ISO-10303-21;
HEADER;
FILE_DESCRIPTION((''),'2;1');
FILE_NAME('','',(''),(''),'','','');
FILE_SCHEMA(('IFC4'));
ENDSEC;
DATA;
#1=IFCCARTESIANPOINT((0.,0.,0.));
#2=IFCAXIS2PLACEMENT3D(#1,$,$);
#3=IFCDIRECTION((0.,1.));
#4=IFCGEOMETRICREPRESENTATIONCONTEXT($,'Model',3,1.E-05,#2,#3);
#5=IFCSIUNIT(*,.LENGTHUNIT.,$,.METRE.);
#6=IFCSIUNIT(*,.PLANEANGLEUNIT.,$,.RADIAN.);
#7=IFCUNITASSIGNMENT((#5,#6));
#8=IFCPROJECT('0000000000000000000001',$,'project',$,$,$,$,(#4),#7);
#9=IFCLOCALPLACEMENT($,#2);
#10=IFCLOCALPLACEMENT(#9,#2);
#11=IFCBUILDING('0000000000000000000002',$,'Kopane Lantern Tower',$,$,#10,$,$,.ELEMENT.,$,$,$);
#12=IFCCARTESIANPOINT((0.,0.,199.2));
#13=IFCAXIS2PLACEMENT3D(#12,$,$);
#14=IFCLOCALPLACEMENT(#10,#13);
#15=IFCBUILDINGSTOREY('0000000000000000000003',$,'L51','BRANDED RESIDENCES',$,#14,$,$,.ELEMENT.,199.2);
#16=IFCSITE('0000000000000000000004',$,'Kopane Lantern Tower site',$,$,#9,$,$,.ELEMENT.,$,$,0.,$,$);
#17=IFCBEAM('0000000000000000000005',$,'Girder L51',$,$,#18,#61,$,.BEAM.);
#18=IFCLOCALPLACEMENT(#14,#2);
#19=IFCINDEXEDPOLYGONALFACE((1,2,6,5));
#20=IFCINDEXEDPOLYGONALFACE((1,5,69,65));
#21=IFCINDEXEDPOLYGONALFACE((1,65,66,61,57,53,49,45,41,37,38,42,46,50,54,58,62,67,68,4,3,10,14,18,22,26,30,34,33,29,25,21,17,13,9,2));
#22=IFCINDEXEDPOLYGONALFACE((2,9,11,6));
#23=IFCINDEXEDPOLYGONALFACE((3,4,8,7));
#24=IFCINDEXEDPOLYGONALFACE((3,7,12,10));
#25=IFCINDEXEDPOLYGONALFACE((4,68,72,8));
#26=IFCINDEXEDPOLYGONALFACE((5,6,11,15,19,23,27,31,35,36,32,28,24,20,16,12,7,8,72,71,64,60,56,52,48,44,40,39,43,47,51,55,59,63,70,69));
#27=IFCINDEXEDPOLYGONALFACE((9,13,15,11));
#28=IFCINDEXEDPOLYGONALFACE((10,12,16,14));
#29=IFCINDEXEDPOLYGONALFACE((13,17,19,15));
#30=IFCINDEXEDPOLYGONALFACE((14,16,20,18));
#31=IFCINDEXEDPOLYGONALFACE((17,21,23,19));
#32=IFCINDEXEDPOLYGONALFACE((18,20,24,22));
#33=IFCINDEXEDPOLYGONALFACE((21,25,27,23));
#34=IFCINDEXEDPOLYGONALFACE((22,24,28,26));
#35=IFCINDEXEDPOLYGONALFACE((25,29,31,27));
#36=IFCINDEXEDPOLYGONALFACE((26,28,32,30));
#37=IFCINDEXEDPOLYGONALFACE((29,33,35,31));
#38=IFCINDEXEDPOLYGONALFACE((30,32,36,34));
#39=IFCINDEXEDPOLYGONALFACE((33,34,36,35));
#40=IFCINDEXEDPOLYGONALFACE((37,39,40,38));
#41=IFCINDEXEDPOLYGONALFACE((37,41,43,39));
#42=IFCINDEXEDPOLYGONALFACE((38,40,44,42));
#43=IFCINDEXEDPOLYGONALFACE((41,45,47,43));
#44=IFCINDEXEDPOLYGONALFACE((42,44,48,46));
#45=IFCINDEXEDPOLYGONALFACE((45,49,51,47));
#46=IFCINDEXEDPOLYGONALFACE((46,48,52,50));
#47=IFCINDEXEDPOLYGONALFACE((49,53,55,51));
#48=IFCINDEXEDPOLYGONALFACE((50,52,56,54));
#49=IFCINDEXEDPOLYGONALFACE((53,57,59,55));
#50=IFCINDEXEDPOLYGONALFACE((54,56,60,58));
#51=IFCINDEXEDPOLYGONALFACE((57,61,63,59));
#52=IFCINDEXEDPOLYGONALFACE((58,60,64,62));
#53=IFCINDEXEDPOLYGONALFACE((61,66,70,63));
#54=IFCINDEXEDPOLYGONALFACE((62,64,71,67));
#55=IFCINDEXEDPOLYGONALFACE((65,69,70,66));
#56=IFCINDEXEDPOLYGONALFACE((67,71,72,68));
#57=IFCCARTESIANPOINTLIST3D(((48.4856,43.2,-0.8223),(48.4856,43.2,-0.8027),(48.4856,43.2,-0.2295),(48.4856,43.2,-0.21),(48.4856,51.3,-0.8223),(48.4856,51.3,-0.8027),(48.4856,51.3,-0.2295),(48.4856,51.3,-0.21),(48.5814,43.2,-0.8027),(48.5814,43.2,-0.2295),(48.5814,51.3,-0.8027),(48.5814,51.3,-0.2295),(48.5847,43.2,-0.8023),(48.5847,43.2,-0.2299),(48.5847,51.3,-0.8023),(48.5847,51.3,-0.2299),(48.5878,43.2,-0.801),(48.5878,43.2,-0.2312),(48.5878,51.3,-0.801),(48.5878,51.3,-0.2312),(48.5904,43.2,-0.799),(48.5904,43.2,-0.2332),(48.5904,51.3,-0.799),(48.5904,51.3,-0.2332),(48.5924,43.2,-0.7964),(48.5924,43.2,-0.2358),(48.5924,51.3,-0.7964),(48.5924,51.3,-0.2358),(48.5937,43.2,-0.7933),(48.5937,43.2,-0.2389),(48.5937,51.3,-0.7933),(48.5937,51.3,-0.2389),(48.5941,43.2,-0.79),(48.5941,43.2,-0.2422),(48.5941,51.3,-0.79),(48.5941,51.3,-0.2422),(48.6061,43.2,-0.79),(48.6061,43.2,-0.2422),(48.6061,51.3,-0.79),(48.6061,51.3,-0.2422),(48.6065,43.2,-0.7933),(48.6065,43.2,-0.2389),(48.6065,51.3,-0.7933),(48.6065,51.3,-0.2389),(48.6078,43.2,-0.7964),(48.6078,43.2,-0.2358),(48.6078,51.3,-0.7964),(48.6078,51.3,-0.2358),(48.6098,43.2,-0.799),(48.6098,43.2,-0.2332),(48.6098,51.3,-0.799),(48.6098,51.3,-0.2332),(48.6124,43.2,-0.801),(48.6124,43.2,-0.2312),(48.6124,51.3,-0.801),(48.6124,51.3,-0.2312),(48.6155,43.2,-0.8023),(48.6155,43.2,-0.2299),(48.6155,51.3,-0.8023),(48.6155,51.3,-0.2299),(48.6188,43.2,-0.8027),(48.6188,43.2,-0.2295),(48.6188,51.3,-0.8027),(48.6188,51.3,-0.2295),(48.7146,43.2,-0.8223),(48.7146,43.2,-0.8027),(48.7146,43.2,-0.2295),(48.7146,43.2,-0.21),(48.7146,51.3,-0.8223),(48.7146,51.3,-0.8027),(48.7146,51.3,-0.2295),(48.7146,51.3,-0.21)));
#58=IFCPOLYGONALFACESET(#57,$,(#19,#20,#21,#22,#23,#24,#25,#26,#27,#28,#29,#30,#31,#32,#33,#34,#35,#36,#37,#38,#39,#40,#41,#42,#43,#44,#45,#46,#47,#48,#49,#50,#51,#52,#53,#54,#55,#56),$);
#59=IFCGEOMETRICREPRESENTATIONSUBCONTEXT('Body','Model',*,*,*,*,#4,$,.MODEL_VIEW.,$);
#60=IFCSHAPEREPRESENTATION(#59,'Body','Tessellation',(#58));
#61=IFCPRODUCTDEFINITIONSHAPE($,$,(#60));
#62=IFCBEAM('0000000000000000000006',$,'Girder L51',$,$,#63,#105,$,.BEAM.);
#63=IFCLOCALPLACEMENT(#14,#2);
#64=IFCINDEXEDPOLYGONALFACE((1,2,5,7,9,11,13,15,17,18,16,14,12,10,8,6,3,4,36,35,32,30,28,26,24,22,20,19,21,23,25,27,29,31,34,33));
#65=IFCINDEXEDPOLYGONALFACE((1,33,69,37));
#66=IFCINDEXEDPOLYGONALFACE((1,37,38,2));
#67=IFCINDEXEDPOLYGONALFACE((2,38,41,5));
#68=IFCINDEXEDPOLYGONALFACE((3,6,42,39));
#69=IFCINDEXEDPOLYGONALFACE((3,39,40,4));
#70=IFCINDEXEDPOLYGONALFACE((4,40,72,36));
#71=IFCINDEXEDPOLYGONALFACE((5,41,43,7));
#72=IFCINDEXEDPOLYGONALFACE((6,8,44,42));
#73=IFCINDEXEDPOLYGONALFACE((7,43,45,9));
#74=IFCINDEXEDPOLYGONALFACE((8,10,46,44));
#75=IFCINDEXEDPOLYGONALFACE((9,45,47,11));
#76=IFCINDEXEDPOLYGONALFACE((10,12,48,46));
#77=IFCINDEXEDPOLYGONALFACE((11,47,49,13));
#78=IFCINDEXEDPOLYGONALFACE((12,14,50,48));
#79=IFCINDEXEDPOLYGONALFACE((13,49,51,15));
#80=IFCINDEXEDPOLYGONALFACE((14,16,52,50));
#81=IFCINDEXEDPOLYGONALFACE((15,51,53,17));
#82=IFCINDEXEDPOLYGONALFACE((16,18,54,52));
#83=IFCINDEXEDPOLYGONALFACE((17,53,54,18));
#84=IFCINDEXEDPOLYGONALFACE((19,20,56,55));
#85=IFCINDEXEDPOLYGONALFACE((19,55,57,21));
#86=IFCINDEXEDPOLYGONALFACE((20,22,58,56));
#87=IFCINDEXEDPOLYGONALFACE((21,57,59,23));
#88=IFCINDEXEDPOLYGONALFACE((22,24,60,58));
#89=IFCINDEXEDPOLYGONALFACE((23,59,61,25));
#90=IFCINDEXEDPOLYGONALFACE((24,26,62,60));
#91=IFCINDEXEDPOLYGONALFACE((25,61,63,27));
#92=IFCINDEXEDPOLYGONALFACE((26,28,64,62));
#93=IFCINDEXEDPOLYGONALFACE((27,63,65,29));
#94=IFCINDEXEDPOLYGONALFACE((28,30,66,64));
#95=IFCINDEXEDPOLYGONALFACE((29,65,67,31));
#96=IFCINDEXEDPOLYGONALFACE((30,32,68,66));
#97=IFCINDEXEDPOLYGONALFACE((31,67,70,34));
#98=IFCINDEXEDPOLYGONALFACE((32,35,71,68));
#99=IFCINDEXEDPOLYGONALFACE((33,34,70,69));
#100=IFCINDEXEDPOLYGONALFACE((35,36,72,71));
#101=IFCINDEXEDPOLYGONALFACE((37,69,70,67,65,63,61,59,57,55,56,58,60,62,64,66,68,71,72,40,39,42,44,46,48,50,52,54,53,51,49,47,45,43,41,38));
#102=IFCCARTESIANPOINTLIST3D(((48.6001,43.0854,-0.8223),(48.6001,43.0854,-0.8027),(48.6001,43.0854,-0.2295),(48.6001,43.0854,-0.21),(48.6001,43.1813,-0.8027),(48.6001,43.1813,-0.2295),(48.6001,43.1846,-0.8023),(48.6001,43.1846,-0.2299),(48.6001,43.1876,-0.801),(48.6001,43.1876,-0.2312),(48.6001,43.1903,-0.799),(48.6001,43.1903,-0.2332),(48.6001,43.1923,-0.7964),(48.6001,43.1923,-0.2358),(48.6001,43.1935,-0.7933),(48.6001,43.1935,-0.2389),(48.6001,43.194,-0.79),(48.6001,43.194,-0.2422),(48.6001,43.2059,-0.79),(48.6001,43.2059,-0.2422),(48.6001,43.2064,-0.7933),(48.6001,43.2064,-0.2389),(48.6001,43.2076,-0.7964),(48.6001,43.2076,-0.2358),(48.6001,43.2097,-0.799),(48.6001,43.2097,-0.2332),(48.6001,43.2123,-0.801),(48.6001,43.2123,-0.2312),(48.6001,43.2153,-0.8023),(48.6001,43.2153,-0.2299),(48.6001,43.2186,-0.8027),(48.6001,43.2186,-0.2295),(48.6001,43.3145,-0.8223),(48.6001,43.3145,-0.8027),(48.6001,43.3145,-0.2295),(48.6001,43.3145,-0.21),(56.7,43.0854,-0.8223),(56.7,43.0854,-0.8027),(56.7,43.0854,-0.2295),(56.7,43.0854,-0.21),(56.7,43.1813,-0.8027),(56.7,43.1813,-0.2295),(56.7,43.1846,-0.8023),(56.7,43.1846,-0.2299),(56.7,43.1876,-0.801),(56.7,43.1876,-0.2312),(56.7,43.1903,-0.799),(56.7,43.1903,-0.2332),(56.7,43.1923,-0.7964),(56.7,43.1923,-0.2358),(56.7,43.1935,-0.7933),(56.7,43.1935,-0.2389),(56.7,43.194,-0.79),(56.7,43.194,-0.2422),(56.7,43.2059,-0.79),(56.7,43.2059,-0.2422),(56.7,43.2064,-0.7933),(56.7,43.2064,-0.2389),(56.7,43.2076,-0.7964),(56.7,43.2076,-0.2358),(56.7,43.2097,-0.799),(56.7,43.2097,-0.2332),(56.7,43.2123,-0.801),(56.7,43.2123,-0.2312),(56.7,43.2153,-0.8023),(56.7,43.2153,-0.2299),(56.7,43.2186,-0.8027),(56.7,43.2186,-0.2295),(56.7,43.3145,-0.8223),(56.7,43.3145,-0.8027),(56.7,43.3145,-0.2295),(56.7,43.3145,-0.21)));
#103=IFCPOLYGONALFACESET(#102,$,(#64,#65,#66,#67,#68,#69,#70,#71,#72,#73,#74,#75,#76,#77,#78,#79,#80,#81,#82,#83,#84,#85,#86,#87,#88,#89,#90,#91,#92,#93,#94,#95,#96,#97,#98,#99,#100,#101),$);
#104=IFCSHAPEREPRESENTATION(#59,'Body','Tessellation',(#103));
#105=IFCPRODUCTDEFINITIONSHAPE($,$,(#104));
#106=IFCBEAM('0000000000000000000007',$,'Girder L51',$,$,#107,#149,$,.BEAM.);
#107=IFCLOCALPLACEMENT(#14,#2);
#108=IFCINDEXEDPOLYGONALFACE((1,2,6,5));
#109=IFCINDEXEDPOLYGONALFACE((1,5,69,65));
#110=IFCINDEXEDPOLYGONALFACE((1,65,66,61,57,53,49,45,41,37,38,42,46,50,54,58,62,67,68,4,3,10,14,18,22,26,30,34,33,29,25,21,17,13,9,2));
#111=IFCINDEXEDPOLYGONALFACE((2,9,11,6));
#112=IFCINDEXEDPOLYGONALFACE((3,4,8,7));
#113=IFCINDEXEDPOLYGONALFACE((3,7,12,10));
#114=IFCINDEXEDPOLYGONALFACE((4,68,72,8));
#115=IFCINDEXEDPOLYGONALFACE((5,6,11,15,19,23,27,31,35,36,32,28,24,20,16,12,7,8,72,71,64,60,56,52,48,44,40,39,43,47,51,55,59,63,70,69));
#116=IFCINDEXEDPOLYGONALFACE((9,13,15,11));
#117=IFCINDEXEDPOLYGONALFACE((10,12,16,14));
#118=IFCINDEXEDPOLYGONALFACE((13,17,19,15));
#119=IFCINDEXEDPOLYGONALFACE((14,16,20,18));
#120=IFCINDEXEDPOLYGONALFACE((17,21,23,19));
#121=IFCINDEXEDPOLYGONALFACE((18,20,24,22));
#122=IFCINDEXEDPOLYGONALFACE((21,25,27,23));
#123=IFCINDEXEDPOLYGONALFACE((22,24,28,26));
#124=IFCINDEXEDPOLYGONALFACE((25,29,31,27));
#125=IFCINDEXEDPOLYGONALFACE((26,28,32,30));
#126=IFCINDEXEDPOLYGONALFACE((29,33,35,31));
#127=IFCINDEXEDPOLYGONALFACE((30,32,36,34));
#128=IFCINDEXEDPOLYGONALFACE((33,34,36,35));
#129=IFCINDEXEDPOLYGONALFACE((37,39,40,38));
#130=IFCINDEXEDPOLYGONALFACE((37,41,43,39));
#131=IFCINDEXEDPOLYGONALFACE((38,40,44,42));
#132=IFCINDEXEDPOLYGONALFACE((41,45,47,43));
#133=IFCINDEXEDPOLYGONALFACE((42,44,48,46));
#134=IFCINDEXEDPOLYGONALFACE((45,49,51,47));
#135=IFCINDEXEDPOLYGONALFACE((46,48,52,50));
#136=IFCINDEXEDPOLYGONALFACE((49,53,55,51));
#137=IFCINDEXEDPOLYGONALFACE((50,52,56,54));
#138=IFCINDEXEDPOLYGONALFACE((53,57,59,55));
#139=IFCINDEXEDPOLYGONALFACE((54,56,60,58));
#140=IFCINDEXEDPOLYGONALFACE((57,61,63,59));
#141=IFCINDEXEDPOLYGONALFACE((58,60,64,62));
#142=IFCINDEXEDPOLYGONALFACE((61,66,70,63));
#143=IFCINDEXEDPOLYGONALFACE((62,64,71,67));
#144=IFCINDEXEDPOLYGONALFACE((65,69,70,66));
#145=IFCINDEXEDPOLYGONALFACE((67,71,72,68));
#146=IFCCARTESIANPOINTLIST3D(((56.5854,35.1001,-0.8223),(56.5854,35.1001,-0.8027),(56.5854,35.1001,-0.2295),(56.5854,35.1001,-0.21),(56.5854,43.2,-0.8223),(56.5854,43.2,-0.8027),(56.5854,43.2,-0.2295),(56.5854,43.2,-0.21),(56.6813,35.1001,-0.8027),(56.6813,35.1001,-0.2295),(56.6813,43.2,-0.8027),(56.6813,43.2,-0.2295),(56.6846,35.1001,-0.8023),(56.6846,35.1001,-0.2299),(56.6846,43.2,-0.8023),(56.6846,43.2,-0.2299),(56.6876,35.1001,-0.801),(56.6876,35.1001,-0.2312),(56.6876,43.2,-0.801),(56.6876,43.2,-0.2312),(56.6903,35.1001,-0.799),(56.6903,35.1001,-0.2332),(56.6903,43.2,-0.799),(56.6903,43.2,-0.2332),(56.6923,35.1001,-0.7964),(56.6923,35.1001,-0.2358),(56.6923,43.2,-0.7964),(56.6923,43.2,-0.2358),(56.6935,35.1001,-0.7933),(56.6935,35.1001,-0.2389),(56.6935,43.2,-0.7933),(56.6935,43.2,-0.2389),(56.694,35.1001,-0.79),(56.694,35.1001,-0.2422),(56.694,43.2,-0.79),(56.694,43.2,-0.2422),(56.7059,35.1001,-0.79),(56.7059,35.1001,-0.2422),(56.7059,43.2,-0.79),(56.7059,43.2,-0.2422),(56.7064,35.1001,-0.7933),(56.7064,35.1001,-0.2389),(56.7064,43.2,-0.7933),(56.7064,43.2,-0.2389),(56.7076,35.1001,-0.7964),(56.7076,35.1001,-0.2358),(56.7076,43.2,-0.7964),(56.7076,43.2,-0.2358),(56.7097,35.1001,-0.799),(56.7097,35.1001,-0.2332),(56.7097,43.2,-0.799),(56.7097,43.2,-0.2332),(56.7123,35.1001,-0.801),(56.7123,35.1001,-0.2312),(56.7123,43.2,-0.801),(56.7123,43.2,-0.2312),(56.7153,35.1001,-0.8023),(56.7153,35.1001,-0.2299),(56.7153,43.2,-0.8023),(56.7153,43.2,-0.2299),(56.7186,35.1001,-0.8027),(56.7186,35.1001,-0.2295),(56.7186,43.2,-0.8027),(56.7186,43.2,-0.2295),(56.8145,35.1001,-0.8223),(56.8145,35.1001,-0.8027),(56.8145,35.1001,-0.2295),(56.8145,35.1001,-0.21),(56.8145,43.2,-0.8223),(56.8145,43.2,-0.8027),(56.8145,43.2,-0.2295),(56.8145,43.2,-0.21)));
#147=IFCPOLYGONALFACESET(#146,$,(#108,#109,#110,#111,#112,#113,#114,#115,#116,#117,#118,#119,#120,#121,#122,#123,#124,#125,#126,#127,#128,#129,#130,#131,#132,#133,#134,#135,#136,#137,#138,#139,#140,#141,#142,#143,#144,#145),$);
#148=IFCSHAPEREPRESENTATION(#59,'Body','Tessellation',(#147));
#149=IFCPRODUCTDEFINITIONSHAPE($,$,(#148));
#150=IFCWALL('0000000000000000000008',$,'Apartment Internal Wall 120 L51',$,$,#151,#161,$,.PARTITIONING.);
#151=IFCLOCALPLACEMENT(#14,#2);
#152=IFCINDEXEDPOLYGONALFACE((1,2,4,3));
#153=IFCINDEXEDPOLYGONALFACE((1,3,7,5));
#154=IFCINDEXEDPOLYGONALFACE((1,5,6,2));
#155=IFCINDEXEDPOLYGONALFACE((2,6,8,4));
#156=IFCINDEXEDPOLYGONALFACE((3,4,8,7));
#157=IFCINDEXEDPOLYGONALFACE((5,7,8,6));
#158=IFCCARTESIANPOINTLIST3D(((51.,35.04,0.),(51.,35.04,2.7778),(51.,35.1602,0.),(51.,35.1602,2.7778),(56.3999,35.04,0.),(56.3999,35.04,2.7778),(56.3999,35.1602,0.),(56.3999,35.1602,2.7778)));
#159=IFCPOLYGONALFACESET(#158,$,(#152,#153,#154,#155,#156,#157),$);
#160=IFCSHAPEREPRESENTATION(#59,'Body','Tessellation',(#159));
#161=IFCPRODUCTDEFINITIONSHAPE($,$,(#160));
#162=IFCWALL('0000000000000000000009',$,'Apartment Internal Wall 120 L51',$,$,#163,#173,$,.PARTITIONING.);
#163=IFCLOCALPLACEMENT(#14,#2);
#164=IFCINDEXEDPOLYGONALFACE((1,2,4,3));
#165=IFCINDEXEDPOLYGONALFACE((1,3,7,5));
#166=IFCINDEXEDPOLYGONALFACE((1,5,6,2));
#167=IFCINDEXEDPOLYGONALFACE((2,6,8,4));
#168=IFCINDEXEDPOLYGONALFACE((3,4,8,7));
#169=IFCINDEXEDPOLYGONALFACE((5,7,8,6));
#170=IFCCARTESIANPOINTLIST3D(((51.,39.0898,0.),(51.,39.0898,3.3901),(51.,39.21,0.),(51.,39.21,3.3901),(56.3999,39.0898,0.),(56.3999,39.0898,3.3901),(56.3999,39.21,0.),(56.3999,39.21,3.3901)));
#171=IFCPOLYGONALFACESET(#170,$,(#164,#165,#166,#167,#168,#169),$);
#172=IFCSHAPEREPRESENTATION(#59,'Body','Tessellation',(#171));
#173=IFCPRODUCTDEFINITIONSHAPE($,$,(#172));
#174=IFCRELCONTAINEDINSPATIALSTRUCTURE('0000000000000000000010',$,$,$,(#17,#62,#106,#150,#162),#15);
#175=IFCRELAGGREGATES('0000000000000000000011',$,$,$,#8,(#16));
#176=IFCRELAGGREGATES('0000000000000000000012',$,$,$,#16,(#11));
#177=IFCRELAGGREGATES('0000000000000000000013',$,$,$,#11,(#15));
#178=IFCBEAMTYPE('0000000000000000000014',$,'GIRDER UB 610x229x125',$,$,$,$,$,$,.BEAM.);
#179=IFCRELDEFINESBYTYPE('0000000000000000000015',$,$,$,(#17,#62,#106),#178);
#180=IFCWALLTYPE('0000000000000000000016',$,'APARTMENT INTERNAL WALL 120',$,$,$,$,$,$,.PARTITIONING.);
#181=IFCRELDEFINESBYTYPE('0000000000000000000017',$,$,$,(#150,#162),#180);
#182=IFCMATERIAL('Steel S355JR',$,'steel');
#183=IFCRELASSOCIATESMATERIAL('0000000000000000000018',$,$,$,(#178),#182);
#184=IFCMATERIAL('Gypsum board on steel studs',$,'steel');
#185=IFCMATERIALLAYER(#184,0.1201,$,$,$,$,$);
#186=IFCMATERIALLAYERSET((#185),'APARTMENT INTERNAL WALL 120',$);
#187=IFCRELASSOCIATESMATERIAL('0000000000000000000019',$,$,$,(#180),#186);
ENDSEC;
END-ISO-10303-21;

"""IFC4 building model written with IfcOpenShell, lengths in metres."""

from ifc_helpers import new_model, si_unit, direction, frame, frame_2d, origin, origin_2d, place, context, subcontext, project, spatial, rectangle, i_section, extrude, material, layer, layer_set, material_profile, profile_set, type_object, element, save


model = new_model("IFC4")

# Units and contexts
model_context = context("Model", 3, precision=1e-05, world=origin(), true_north=direction((0.0, 1.0)))
body_context = subcontext(model_context, "Body", "Model", "MODEL_VIEW")
ifc_project = project(units=[si_unit("LENGTHUNIT", "METRE"), si_unit("PLANEANGLEUNIT", "RADIAN")], contexts=[model_context])

# Site, building, storey
site_placement = place(None, origin())
site = spatial("IfcSite", under=ifc_project, at=site_placement, Name="Kopane Lantern Tower site", CompositionType="ELEMENT", RefElevation=0.0)
building_placement = place(site_placement, origin())
building = spatial("IfcBuilding", under=site, at=building_placement, Name="Kopane Lantern Tower", CompositionType="ELEMENT")
storey_placement = place(building_placement, frame((0.0, 0.0, 199.2)))
storey = spatial("IfcBuildingStorey", under=building, at=storey_placement, Name="L51", Description="BRANDED RESIDENCES", CompositionType="ELEMENT", Elevation=199.2)

# Beams
ifc_material_1 = material(Name="Steel S355JR", Category="steel")
ifc_material_profile_1 = material_profile(ifc_material_1, i_section(OverallWidth=0.229, OverallDepth=0.6123, WebThickness=0.012, FlangeThickness=0.0195, FilletRadius=0.0127, at=origin_2d()), Name="UB 610x229x125")
ifc_profile_set_1 = profile_set([ifc_material_profile_1], Name="Steel S355JR")
beam_type = type_object("IfcBeamType", Name="GIRDER UB 610x229x125", PredefinedType="BEAM", material=ifc_profile_set_1)
beam_placement = place(storey_placement, frame((48.6001, 43.2, -0.5161), z_axis=(0.0, 1.0, 0.0), x_axis=(-1.0, 0.0, 0.0)))
element("IfcBeam", 1, at=beam_placement, inside=storey, type_object=beam_type, Name="Girder L51", PredefinedType="BEAM", context=body_context, shape_type="SweptSolid", body=[
    extrude(i_section(OverallWidth=0.229, OverallDepth=0.6123, WebThickness=0.012, FlangeThickness=0.0195, FilletRadius=0.0127, at=origin_2d()), origin(), (0.0, 0.0, 1.0), 8.1001),
])
for number, where, z_axis, x_axis, name in (
    (2, (48.6001, 43.2, -0.5161), (1.0, 0.0, 0.0), (0.0, 1.0, 0.0), "Girder L51"),
    (3, (56.7, 35.1001, -0.5161), (0.0, 1.0, 0.0), (-1.0, 0.0, 0.0), "Girder L51"),
):
    element("IfcBeam", number, at=place(storey_placement, frame(where, z_axis=z_axis, x_axis=x_axis)), inside=storey, type_object=beam_type, Name=name, PredefinedType="BEAM", context=body_context, shape_type="SweptSolid", body=[
        extrude(i_section(OverallWidth=0.229, OverallDepth=0.6123, WebThickness=0.012, FlangeThickness=0.0195, FilletRadius=0.0127, at=origin_2d()), origin(), (0.0, 0.0, 1.0), 8.0999),
    ])

# Walls
ifc_material_2 = material(Name="Gypsum board on steel studs", Category="steel")
ifc_layer_1 = layer(ifc_material_2, 0.1201)
ifc_layer_set_1 = layer_set([ifc_layer_1], Name="APARTMENT INTERNAL WALL 120")
wall_type_1 = type_object("IfcWallType", Name="APARTMENT INTERNAL WALL 120", PredefinedType="PARTITIONING", material=ifc_layer_set_1)
wall_1_placement = place(storey_placement, frame((51.0, 35.1001, 0.0), z_axis=(0.0, 0.0, 1.0), x_axis=(1.0, 0.0, 0.0)))
element("IfcWall", 4, at=wall_1_placement, inside=storey, type_object=wall_type_1, Name="Apartment Internal Wall 120 L51", PredefinedType="PARTITIONING", context=body_context, shape_type="SweptSolid", body=[
    extrude(rectangle(XDim=5.3999, YDim=0.1201, at=frame_2d((2.7, 0.0))), origin(), (0.0, 0.0, 1.0), 2.7778),
])
wall_2_placement = place(storey_placement, frame((51.0, 39.1499, 0.0), z_axis=(0.0, 0.0, 1.0), x_axis=(1.0, 0.0, 0.0)))
element("IfcWall", 5, at=wall_2_placement, inside=storey, type_object=wall_type_1, Name="Apartment Internal Wall 120 L51", PredefinedType="PARTITIONING", context=body_context, shape_type="SweptSolid", body=[
    extrude(rectangle(XDim=5.3999, YDim=0.1201, at=frame_2d((2.7, 0.0))), origin(), (0.0, 0.0, 1.0), 3.3901),
])

save(model, "model.ifc")
